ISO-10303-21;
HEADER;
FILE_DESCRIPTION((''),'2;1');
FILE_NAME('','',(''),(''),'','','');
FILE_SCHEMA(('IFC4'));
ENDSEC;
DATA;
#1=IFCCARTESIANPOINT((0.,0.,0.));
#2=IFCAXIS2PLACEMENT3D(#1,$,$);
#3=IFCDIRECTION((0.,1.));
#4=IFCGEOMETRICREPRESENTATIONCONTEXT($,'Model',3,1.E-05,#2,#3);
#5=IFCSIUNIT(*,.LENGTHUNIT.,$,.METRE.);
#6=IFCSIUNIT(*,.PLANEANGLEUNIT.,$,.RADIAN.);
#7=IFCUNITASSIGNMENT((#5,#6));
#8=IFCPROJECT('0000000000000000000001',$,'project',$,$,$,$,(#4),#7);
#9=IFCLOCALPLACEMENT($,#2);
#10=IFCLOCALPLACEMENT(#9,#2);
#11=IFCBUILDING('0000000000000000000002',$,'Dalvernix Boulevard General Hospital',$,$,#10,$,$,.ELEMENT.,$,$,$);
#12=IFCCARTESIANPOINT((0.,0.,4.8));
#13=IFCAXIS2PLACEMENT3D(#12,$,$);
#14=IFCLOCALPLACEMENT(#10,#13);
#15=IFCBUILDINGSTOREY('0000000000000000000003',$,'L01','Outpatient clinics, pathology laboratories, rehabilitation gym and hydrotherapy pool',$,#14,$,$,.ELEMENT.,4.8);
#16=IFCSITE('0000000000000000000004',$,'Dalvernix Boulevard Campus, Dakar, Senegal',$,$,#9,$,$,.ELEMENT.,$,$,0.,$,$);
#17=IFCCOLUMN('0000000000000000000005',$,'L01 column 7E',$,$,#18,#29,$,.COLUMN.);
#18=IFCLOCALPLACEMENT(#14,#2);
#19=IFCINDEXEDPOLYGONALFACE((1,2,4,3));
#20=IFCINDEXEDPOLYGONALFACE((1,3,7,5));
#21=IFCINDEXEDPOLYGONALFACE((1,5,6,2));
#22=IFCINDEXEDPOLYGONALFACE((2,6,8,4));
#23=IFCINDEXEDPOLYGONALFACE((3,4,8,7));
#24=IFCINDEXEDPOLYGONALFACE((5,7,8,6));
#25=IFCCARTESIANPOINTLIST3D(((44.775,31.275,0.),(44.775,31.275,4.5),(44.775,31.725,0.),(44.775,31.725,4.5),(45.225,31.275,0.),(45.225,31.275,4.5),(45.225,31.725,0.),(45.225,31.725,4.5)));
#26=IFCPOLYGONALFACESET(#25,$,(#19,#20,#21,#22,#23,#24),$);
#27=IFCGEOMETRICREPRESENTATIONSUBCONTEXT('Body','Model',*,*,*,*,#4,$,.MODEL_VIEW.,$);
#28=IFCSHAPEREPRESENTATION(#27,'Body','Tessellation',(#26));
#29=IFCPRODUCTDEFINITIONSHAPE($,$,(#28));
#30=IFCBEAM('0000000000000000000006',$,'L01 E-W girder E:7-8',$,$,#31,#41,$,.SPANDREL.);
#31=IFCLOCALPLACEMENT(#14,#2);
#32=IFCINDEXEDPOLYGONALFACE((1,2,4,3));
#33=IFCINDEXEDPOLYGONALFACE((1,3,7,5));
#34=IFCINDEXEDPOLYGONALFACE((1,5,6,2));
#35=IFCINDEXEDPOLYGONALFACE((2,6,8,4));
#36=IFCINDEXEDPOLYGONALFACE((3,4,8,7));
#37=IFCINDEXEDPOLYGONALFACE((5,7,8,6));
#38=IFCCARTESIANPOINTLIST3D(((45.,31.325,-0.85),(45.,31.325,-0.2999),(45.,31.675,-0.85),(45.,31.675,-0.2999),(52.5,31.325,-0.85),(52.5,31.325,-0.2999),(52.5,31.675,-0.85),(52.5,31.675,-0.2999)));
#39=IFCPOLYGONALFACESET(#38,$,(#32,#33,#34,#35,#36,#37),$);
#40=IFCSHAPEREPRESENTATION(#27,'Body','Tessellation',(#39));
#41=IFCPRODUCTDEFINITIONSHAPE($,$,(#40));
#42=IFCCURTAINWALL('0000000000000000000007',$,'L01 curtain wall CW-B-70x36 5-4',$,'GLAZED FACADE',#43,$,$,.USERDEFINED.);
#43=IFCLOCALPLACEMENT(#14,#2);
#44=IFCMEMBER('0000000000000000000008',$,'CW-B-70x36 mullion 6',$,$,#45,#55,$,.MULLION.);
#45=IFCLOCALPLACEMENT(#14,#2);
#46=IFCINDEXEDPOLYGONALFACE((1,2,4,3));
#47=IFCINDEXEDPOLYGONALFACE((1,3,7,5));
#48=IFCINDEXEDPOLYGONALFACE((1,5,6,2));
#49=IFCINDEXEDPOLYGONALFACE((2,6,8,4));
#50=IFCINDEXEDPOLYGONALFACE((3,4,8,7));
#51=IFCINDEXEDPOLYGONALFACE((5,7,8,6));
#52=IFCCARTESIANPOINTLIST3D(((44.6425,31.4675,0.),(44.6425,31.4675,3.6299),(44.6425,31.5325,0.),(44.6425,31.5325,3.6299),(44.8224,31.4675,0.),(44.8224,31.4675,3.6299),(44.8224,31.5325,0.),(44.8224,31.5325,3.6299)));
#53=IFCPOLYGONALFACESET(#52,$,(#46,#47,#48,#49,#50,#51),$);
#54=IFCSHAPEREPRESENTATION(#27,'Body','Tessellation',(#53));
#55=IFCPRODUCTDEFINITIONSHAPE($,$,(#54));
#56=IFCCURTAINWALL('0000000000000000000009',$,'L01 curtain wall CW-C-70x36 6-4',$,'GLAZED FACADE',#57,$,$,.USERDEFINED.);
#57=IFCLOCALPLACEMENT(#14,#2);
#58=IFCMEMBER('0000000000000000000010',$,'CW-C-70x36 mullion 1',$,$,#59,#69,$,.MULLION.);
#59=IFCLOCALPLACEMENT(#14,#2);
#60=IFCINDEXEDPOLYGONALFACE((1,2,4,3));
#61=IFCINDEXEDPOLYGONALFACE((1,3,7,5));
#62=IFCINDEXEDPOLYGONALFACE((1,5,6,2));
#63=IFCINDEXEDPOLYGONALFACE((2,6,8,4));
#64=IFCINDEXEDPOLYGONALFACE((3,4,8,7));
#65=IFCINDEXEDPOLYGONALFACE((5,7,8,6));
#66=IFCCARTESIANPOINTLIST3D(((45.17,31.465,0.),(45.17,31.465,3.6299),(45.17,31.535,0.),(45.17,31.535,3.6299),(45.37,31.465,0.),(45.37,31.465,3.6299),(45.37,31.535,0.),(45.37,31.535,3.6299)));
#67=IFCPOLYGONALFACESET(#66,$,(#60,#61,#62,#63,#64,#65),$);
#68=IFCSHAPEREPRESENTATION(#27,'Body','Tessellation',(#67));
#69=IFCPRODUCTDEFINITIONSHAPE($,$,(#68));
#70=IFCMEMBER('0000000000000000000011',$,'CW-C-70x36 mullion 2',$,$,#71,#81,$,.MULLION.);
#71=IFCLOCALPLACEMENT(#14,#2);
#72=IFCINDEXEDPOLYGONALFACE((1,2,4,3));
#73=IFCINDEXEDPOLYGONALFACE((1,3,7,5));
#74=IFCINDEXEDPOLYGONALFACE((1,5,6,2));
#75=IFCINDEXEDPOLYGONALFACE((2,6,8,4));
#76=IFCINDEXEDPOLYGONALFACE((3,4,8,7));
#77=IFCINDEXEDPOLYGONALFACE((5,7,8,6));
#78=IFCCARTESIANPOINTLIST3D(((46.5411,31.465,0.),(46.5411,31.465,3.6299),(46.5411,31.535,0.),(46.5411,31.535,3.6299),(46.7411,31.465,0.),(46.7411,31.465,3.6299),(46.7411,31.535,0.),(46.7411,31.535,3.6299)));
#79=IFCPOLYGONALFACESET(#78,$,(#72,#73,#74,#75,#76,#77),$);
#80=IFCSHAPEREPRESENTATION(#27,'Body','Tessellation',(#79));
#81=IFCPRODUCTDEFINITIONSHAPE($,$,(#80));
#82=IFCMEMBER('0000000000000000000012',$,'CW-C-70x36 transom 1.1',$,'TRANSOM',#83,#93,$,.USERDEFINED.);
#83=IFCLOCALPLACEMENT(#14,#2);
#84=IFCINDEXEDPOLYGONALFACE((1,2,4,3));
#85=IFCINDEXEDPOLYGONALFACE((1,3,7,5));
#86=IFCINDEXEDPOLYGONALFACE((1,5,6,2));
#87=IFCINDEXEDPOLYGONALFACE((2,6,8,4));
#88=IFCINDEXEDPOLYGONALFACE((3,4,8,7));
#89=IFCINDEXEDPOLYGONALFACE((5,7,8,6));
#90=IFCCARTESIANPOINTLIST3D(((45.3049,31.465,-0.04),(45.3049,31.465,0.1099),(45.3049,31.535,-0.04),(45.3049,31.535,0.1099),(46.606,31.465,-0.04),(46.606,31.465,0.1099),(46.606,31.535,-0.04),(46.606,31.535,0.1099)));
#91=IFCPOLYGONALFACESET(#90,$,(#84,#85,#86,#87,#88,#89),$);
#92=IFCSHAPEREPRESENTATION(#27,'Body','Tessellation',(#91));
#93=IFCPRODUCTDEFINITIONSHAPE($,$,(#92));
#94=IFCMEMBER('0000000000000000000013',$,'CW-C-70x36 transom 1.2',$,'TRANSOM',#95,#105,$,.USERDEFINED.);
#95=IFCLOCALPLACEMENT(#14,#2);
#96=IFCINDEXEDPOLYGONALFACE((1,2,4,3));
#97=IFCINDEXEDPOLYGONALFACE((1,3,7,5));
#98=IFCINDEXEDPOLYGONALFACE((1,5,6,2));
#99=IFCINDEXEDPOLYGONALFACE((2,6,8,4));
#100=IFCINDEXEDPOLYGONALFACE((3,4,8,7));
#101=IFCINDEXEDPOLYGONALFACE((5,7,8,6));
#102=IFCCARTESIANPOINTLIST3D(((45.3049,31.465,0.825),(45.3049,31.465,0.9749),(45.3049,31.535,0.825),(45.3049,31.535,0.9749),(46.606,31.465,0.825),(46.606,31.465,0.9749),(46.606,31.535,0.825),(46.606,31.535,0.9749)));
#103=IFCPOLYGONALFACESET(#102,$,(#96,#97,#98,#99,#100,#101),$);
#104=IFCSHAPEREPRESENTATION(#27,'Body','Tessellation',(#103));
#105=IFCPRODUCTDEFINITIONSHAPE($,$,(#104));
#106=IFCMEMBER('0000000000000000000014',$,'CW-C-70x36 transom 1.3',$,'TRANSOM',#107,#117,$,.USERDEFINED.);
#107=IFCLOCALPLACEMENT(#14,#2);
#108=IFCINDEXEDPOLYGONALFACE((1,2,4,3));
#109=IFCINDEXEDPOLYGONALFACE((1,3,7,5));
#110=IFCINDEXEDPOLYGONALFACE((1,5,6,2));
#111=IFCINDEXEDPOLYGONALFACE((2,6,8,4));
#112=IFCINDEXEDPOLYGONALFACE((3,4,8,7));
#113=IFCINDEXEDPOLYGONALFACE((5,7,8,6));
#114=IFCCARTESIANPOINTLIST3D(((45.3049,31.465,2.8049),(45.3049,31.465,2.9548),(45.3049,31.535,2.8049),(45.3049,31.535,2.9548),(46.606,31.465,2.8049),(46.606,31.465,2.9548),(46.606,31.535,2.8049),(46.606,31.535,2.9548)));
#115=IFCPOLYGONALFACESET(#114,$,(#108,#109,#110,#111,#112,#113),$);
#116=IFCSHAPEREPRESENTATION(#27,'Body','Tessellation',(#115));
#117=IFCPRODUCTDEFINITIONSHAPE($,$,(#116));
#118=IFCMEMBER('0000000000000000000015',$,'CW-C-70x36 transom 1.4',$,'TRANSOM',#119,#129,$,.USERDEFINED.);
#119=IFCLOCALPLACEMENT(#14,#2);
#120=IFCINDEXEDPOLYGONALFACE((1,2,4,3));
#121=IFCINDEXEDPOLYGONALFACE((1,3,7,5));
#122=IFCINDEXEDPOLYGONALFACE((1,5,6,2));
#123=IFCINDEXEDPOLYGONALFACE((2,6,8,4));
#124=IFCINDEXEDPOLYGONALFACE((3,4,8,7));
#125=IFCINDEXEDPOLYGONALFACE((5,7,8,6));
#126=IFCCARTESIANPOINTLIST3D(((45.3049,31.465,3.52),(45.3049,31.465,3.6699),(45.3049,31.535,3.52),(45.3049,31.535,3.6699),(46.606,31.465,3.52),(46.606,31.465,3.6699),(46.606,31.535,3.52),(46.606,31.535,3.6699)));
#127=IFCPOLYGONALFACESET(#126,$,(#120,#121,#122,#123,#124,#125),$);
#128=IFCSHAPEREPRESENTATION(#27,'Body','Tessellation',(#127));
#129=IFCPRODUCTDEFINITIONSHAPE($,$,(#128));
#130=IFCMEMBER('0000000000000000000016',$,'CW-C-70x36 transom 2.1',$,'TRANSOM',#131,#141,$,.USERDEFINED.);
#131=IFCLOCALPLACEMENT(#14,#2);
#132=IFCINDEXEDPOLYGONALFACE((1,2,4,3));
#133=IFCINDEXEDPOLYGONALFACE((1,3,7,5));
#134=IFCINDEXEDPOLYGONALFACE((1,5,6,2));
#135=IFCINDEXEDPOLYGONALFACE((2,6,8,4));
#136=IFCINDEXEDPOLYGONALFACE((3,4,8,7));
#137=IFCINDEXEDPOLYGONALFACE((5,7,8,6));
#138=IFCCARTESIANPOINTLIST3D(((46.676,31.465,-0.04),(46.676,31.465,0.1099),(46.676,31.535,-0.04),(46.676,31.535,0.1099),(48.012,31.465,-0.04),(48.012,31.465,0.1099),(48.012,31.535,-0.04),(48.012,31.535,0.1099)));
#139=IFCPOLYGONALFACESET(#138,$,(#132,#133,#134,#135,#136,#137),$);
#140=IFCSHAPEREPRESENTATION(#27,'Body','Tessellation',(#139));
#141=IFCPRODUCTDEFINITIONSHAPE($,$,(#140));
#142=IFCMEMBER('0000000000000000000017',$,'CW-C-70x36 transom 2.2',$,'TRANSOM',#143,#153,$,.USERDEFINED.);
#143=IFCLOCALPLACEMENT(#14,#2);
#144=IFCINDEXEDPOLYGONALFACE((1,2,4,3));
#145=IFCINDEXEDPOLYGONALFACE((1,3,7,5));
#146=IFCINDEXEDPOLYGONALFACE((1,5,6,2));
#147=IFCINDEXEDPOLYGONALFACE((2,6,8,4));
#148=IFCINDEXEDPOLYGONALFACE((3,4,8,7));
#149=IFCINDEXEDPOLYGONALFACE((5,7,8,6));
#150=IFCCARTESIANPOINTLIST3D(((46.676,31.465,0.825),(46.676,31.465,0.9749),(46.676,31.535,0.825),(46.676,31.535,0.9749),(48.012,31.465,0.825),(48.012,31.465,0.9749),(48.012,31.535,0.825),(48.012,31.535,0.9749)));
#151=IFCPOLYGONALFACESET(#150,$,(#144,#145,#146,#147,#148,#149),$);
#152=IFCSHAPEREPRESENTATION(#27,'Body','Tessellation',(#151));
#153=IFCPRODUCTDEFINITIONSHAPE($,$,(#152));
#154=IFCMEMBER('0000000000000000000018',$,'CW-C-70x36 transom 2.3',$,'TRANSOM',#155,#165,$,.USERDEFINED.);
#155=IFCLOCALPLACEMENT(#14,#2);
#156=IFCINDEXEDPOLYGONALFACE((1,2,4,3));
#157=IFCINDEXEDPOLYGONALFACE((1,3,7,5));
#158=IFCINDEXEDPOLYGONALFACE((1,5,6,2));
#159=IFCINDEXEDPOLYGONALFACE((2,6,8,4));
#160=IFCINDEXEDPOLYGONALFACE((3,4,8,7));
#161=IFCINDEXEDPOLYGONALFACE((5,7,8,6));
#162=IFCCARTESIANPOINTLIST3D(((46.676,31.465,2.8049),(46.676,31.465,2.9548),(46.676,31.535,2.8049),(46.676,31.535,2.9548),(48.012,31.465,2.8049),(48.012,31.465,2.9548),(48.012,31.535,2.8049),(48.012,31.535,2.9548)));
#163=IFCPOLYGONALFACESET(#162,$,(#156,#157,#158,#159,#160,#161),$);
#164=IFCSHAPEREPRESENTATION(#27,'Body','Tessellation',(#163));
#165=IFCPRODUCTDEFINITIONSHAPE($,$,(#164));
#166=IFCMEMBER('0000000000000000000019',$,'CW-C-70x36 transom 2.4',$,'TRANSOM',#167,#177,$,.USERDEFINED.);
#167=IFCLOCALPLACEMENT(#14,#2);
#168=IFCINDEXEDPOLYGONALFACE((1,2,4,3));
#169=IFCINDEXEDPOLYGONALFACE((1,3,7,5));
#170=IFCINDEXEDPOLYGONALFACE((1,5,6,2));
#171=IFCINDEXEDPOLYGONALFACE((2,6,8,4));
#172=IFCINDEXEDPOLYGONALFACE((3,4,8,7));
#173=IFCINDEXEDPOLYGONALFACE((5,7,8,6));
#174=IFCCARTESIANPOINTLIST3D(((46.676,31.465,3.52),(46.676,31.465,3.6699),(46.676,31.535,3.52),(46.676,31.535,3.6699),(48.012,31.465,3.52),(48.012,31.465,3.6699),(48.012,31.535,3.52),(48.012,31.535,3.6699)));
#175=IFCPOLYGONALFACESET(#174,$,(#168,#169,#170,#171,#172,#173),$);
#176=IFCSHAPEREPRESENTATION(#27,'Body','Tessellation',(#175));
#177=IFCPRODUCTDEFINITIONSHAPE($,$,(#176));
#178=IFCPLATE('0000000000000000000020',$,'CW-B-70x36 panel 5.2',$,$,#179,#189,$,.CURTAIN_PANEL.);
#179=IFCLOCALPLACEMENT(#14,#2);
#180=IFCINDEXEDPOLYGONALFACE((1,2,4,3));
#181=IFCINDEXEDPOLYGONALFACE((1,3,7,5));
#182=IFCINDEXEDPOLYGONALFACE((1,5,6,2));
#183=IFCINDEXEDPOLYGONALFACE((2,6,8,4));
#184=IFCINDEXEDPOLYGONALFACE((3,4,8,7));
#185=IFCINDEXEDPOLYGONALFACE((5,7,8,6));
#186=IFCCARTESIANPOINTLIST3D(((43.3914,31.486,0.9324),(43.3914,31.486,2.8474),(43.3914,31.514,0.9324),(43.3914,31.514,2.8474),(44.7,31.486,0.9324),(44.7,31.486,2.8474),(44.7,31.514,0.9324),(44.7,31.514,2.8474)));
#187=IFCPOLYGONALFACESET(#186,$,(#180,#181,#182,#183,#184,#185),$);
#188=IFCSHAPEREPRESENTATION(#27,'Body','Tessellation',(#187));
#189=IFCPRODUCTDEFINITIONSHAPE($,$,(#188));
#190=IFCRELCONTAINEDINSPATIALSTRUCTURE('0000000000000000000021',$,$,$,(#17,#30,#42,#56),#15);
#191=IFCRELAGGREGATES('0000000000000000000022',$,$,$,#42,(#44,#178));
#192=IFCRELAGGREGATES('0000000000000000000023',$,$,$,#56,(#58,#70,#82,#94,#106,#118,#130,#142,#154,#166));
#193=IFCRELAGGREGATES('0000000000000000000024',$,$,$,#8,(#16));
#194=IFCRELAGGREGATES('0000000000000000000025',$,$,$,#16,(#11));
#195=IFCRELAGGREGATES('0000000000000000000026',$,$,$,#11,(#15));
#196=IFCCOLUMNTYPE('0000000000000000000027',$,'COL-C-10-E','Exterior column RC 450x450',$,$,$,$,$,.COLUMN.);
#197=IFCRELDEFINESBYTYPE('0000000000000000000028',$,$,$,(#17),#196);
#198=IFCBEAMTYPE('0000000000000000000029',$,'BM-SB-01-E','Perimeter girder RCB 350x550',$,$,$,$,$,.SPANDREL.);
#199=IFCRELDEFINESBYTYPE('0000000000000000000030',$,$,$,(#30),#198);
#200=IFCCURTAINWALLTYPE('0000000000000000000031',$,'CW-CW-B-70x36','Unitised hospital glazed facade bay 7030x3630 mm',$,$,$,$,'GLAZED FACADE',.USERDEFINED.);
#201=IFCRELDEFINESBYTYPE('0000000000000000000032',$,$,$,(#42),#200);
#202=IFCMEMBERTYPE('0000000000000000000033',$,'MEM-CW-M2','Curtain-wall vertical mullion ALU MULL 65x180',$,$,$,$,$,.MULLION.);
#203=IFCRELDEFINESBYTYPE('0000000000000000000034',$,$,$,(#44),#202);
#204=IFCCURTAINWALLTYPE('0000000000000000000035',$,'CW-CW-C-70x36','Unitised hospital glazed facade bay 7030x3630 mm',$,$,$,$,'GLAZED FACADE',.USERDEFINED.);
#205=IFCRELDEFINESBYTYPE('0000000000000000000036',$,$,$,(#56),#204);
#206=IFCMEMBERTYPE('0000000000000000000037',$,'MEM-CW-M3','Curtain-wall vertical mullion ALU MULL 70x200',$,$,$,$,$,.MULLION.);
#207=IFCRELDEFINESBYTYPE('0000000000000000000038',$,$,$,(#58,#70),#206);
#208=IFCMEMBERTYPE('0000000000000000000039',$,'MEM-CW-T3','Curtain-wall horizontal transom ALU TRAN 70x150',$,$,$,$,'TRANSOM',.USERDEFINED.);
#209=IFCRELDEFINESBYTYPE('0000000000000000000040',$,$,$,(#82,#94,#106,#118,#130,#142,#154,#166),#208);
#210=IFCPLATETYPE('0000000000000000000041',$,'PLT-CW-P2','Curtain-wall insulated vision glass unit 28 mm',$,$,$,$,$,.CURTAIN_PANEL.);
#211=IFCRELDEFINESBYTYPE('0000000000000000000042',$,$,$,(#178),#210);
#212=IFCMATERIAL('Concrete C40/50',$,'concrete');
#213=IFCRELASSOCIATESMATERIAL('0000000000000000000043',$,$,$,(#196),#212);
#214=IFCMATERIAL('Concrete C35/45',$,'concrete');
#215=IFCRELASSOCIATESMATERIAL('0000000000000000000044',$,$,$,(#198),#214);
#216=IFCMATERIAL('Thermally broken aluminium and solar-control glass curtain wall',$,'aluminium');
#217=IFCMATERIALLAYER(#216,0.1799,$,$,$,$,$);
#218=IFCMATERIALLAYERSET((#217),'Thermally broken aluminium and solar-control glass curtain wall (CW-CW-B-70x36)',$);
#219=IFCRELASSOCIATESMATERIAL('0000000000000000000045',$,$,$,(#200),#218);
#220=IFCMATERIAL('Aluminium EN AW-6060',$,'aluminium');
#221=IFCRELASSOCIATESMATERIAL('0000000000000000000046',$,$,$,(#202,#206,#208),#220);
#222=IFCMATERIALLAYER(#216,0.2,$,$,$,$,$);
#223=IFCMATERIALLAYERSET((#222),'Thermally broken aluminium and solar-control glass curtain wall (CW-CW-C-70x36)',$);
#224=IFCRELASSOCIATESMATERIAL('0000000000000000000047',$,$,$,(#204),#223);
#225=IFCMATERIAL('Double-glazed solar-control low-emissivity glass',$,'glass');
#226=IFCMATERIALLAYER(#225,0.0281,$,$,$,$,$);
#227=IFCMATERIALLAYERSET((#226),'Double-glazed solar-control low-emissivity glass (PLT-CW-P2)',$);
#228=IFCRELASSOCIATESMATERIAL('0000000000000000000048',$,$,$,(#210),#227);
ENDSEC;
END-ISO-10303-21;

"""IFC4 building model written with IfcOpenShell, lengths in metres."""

from ifc_helpers import new_model, si_unit, direction, frame, origin, origin_2d, place, context, subcontext, project, spatial, rectangle, extrude, material, layer, layer_set, material_profile, profile_set, type_object, element, aggregate, save


model = new_model("IFC4")

# Units and contexts
model_context = context("Model", 3, precision=1e-05, world=origin(), true_north=direction((0.0, 1.0)))
body_context = subcontext(model_context, "Body", "Model", "MODEL_VIEW")
ifc_project = project(units=[si_unit("LENGTHUNIT", "METRE"), si_unit("PLANEANGLEUNIT", "RADIAN")], contexts=[model_context])

# Site, building, storey
site_placement = place(None, origin())
site = spatial("IfcSite", under=ifc_project, at=site_placement, Name="Dalvernix Boulevard Campus, Dakar, Senegal", CompositionType="ELEMENT", RefElevation=0.0)
building_placement = place(site_placement, origin())
building = spatial("IfcBuilding", under=site, at=building_placement, Name="Dalvernix Boulevard General Hospital", CompositionType="ELEMENT")
storey_placement = place(building_placement, frame((0.0, 0.0, 4.8)))
storey = spatial("IfcBuildingStorey", under=building, at=storey_placement, Name="L01", Description="Outpatient clinics, pathology laboratories, rehabilitation gym and hydrotherapy pool", CompositionType="ELEMENT", Elevation=4.8)

# Column
ifc_material_1 = material(Name="Concrete C40/50", Category="concrete")
ifc_material_profile_1 = material_profile(ifc_material_1, rectangle(XDim=0.45, YDim=0.45, at=origin_2d()), Name="RC 450x450")
ifc_profile_set_1 = profile_set([ifc_material_profile_1], Name="Concrete C40/50")
column_type = type_object("IfcColumnType", Name="COL-C-10-E", Description="Exterior column RC 450x450", PredefinedType="COLUMN", material=ifc_profile_set_1)
column_placement = place(storey_placement, frame((45.0, 31.5, 0.0), z_axis=(0.0, 0.0, 1.0), x_axis=(1.0, 0.0, 0.0)))
element("IfcColumn", 1, at=column_placement, inside=storey, type_object=column_type, Name="L01 column 7E", PredefinedType="COLUMN", context=body_context, shape_type="SweptSolid", body=[
    extrude(rectangle(XDim=0.45, YDim=0.45, at=origin_2d()), origin(), (0.0, 0.0, 1.0), 4.5),
])

# Beam
ifc_material_2 = material(Name="Concrete C35/45", Category="concrete")
ifc_material_profile_2 = material_profile(ifc_material_2, rectangle(XDim=0.3501, YDim=0.55, at=origin_2d()), Name="RCB 350x550")
ifc_profile_set_2 = profile_set([ifc_material_profile_2], Name="Concrete C35/45")
beam_type = type_object("IfcBeamType", Name="BM-SB-01-E", Description="Perimeter girder RCB 350x550", PredefinedType="SPANDREL", material=ifc_profile_set_2)
beam_placement = place(storey_placement, frame((45.0, 31.5, -0.575), z_axis=(1.0, 0.0, 0.0), x_axis=(0.0, 1.0, 0.0)))
element("IfcBeam", 2, at=beam_placement, inside=storey, type_object=beam_type, Name="L01 E-W girder E:7-8", PredefinedType="SPANDREL", context=body_context, shape_type="SweptSolid", body=[
    extrude(rectangle(XDim=0.3501, YDim=0.55, at=origin_2d()), origin(), (0.0, 0.0, 1.0), 7.5),
])

# Curtain wall, member
ifc_material_3 = material(Name="Thermally broken aluminium and solar-control glass curtain wall", Category="aluminium")
ifc_layer_1 = layer(ifc_material_3, 0.1799)
ifc_layer_set_1 = layer_set([ifc_layer_1], Name="Thermally broken aluminium and solar-control glass curtain wall (CW-CW-B-70x36)")
curtain_wall_type_1 = type_object("IfcCurtainWallType", Name="CW-CW-B-70x36", Description="Unitised hospital glazed facade bay 7030x3630 mm", ElementType="GLAZED FACADE", PredefinedType="USERDEFINED", material=ifc_layer_set_1)
curtain_wall_1_placement = place(storey_placement, origin())
curtain_wall_1 = element("IfcCurtainWall", 3, at=curtain_wall_1_placement, inside=storey, type_object=curtain_wall_type_1, Name="L01 curtain wall CW-B-70x36 5-4", ObjectType="GLAZED FACADE", PredefinedType="USERDEFINED")
ifc_material_4 = material(Name="Aluminium EN AW-6060", Category="aluminium")
ifc_material_profile_3 = material_profile(ifc_material_4, rectangle(XDim=0.0649, YDim=0.1799, at=origin_2d()), Name="ALU MULL 65x180")
ifc_profile_set_3 = profile_set([ifc_material_profile_3], Name="Aluminium EN AW-6060")
member_type_1 = type_object("IfcMemberType", Name="MEM-CW-M2", Description="Curtain-wall vertical mullion ALU MULL 65x180", PredefinedType="MULLION", material=ifc_profile_set_3)
member_1_placement = place(storey_placement, frame((44.7324, 31.5, 0.0), z_axis=(0.0, 0.0, 1.0), x_axis=(0.0, 1.0, 0.0)))
member_1 = element("IfcMember", 4, at=member_1_placement, type_object=member_type_1, Name="CW-B-70x36 mullion 6", PredefinedType="MULLION", context=body_context, shape_type="SweptSolid", body=[
    extrude(rectangle(XDim=0.0649, YDim=0.1799, at=origin_2d()), origin(), (0.0, 0.0, 1.0), 3.6299),
])

# Curtain wall, members
ifc_layer_2 = layer(ifc_material_3, 0.2)
ifc_layer_set_2 = layer_set([ifc_layer_2], Name="Thermally broken aluminium and solar-control glass curtain wall (CW-CW-C-70x36)")
curtain_wall_type_2 = type_object("IfcCurtainWallType", Name="CW-CW-C-70x36", Description="Unitised hospital glazed facade bay 7030x3630 mm", ElementType="GLAZED FACADE", PredefinedType="USERDEFINED", material=ifc_layer_set_2)
curtain_wall_2_placement = place(storey_placement, origin())
curtain_wall_2 = element("IfcCurtainWall", 5, at=curtain_wall_2_placement, inside=storey, type_object=curtain_wall_type_2, Name="L01 curtain wall CW-C-70x36 6-4", ObjectType="GLAZED FACADE", PredefinedType="USERDEFINED")
ifc_material_profile_4 = material_profile(ifc_material_4, rectangle(XDim=0.0701, YDim=0.2, at=origin_2d()), Name="ALU MULL 70x200")
ifc_profile_set_4 = profile_set([ifc_material_profile_4], Name="Aluminium EN AW-6060")
member_type_2 = type_object("IfcMemberType", Name="MEM-CW-M3", Description="Curtain-wall vertical mullion ALU MULL 70x200", PredefinedType="MULLION", material=ifc_profile_set_4)
member_2_placement = place(storey_placement, frame((45.27, 31.5, 0.0), z_axis=(0.0, 0.0, 1.0), x_axis=(0.0, 1.0, 0.0)))
member_2 = element("IfcMember", 6, at=member_2_placement, type_object=member_type_2, Name="CW-C-70x36 mullion 1", PredefinedType="MULLION", context=body_context, shape_type="SweptSolid", body=[
    extrude(rectangle(XDim=0.0701, YDim=0.2, at=origin_2d()), origin(), (0.0, 0.0, 1.0), 3.6299),
])
member_3_placement = place(storey_placement, frame((46.6411, 31.5, 0.0), z_axis=(0.0, 0.0, 1.0), x_axis=(0.0, 1.0, 0.0)))
member_3 = element("IfcMember", 7, at=member_3_placement, type_object=member_type_2, Name="CW-C-70x36 mullion 2", PredefinedType="MULLION", context=body_context, shape_type="SweptSolid", body=[
    extrude(rectangle(XDim=0.0701, YDim=0.2, at=origin_2d()), origin(), (0.0, 0.0, 1.0), 3.6299),
])
ifc_material_profile_5 = material_profile(ifc_material_4, rectangle(XDim=0.0701, YDim=0.1499, at=origin_2d()), Name="ALU TRAN 70x150")
ifc_profile_set_5 = profile_set([ifc_material_profile_5], Name="Aluminium EN AW-6060")
member_type_3 = type_object("IfcMemberType", Name="MEM-CW-T3", Description="Curtain-wall horizontal transom ALU TRAN 70x150", ElementType="TRANSOM", PredefinedType="USERDEFINED", material=ifc_profile_set_5)
member_4_placement = place(storey_placement, frame((45.3049, 31.5, 0.0349), z_axis=(1.0, 0.0, 0.0), x_axis=(0.0, 1.0, 0.0)))
member_4 = element("IfcMember", 8, at=member_4_placement, type_object=member_type_3, Name="CW-C-70x36 transom 1.1", ObjectType="TRANSOM", PredefinedType="USERDEFINED", context=body_context, shape_type="SweptSolid", body=[
    extrude(rectangle(XDim=0.0701, YDim=0.1499, at=origin_2d()), origin(), (0.0, 0.0, 1.0), 1.301),
])
member_5_placement = place(storey_placement, frame((45.3049, 31.5, 0.8999), z_axis=(1.0, 0.0, 0.0), x_axis=(0.0, 1.0, 0.0)))
member_5 = element("IfcMember", 9, at=member_5_placement, type_object=member_type_3, Name="CW-C-70x36 transom 1.2", ObjectType="TRANSOM", PredefinedType="USERDEFINED", context=body_context, shape_type="SweptSolid", body=[
    extrude(rectangle(XDim=0.0701, YDim=0.1499, at=origin_2d()), origin(), (0.0, 0.0, 1.0), 1.301),
])
member_6_placement = place(storey_placement, frame((45.3049, 31.5, 2.8799), z_axis=(1.0, 0.0, 0.0), x_axis=(0.0, 1.0, 0.0)))
member_6 = element("IfcMember", 10, at=member_6_placement, type_object=member_type_3, Name="CW-C-70x36 transom 1.3", ObjectType="TRANSOM", PredefinedType="USERDEFINED", context=body_context, shape_type="SweptSolid", body=[
    extrude(rectangle(XDim=0.0701, YDim=0.1499, at=origin_2d()), origin(), (0.0, 0.0, 1.0), 1.301),
])
member_7_placement = place(storey_placement, frame((45.3049, 31.5, 3.595), z_axis=(1.0, 0.0, 0.0), x_axis=(0.0, 1.0, 0.0)))
member_7 = element("IfcMember", 11, at=member_7_placement, type_object=member_type_3, Name="CW-C-70x36 transom 1.4", ObjectType="TRANSOM", PredefinedType="USERDEFINED", context=body_context, shape_type="SweptSolid", body=[
    extrude(rectangle(XDim=0.0701, YDim=0.1499, at=origin_2d()), origin(), (0.0, 0.0, 1.0), 1.301),
])
member_8_placement = place(storey_placement, frame((46.676, 31.5, 0.0349), z_axis=(1.0, 0.0, 0.0), x_axis=(0.0, 1.0, 0.0)))
member_8 = element("IfcMember", 12, at=member_8_placement, type_object=member_type_3, Name="CW-C-70x36 transom 2.1", ObjectType="TRANSOM", PredefinedType="USERDEFINED", context=body_context, shape_type="SweptSolid", body=[
    extrude(rectangle(XDim=0.0701, YDim=0.1499, at=origin_2d()), origin(), (0.0, 0.0, 1.0), 1.3359),
])
member_9_placement = place(storey_placement, frame((46.676, 31.5, 0.8999), z_axis=(1.0, 0.0, 0.0), x_axis=(0.0, 1.0, 0.0)))
member_9 = element("IfcMember", 13, at=member_9_placement, type_object=member_type_3, Name="CW-C-70x36 transom 2.2", ObjectType="TRANSOM", PredefinedType="USERDEFINED", context=body_context, shape_type="SweptSolid", body=[
    extrude(rectangle(XDim=0.0701, YDim=0.1499, at=origin_2d()), origin(), (0.0, 0.0, 1.0), 1.3359),
])
member_10_placement = place(storey_placement, frame((46.676, 31.5, 2.8799), z_axis=(1.0, 0.0, 0.0), x_axis=(0.0, 1.0, 0.0)))
member_10 = element("IfcMember", 14, at=member_10_placement, type_object=member_type_3, Name="CW-C-70x36 transom 2.3", ObjectType="TRANSOM", PredefinedType="USERDEFINED", context=body_context, shape_type="SweptSolid", body=[
    extrude(rectangle(XDim=0.0701, YDim=0.1499, at=origin_2d()), origin(), (0.0, 0.0, 1.0), 1.3359),
])
member_11_placement = place(storey_placement, frame((46.676, 31.5, 3.595), z_axis=(1.0, 0.0, 0.0), x_axis=(0.0, 1.0, 0.0)))
member_11 = element("IfcMember", 15, at=member_11_placement, type_object=member_type_3, Name="CW-C-70x36 transom 2.4", ObjectType="TRANSOM", PredefinedType="USERDEFINED", context=body_context, shape_type="SweptSolid", body=[
    extrude(rectangle(XDim=0.0701, YDim=0.1499, at=origin_2d()), origin(), (0.0, 0.0, 1.0), 1.3359),
])

# Plate
ifc_material_5 = material(Name="Double-glazed solar-control low-emissivity glass", Category="glass")
ifc_layer_3 = layer(ifc_material_5, 0.0281)
ifc_layer_set_3 = layer_set([ifc_layer_3], Name="Double-glazed solar-control low-emissivity glass (PLT-CW-P2)")
plate_type_1 = type_object("IfcPlateType", Name="PLT-CW-P2", Description="Curtain-wall insulated vision glass unit 28 mm", PredefinedType="CURTAIN_PANEL", material=ifc_layer_set_3)
plate_1_placement = place(storey_placement, frame((44.0457, 31.5, 0.9324), z_axis=(0.0, 0.0, 1.0), x_axis=(1.0, 0.0, 0.0)))
plate_1 = element("IfcPlate", 16, at=plate_1_placement, type_object=plate_type_1, Name="CW-B-70x36 panel 5.2", PredefinedType="CURTAIN_PANEL", context=body_context, shape_type="SweptSolid", body=[
    extrude(rectangle(XDim=1.3086, YDim=0.0281, at=origin_2d()), origin(), (0.0, 0.0, 1.0), 1.915),
])
aggregate(curtain_wall_1, [member_1, plate_1])
aggregate(curtain_wall_2, [member_2, member_3, member_4, member_5, member_6, member_7, member_8, member_9, member_10, member_11])

save(model, "model.ifc")
